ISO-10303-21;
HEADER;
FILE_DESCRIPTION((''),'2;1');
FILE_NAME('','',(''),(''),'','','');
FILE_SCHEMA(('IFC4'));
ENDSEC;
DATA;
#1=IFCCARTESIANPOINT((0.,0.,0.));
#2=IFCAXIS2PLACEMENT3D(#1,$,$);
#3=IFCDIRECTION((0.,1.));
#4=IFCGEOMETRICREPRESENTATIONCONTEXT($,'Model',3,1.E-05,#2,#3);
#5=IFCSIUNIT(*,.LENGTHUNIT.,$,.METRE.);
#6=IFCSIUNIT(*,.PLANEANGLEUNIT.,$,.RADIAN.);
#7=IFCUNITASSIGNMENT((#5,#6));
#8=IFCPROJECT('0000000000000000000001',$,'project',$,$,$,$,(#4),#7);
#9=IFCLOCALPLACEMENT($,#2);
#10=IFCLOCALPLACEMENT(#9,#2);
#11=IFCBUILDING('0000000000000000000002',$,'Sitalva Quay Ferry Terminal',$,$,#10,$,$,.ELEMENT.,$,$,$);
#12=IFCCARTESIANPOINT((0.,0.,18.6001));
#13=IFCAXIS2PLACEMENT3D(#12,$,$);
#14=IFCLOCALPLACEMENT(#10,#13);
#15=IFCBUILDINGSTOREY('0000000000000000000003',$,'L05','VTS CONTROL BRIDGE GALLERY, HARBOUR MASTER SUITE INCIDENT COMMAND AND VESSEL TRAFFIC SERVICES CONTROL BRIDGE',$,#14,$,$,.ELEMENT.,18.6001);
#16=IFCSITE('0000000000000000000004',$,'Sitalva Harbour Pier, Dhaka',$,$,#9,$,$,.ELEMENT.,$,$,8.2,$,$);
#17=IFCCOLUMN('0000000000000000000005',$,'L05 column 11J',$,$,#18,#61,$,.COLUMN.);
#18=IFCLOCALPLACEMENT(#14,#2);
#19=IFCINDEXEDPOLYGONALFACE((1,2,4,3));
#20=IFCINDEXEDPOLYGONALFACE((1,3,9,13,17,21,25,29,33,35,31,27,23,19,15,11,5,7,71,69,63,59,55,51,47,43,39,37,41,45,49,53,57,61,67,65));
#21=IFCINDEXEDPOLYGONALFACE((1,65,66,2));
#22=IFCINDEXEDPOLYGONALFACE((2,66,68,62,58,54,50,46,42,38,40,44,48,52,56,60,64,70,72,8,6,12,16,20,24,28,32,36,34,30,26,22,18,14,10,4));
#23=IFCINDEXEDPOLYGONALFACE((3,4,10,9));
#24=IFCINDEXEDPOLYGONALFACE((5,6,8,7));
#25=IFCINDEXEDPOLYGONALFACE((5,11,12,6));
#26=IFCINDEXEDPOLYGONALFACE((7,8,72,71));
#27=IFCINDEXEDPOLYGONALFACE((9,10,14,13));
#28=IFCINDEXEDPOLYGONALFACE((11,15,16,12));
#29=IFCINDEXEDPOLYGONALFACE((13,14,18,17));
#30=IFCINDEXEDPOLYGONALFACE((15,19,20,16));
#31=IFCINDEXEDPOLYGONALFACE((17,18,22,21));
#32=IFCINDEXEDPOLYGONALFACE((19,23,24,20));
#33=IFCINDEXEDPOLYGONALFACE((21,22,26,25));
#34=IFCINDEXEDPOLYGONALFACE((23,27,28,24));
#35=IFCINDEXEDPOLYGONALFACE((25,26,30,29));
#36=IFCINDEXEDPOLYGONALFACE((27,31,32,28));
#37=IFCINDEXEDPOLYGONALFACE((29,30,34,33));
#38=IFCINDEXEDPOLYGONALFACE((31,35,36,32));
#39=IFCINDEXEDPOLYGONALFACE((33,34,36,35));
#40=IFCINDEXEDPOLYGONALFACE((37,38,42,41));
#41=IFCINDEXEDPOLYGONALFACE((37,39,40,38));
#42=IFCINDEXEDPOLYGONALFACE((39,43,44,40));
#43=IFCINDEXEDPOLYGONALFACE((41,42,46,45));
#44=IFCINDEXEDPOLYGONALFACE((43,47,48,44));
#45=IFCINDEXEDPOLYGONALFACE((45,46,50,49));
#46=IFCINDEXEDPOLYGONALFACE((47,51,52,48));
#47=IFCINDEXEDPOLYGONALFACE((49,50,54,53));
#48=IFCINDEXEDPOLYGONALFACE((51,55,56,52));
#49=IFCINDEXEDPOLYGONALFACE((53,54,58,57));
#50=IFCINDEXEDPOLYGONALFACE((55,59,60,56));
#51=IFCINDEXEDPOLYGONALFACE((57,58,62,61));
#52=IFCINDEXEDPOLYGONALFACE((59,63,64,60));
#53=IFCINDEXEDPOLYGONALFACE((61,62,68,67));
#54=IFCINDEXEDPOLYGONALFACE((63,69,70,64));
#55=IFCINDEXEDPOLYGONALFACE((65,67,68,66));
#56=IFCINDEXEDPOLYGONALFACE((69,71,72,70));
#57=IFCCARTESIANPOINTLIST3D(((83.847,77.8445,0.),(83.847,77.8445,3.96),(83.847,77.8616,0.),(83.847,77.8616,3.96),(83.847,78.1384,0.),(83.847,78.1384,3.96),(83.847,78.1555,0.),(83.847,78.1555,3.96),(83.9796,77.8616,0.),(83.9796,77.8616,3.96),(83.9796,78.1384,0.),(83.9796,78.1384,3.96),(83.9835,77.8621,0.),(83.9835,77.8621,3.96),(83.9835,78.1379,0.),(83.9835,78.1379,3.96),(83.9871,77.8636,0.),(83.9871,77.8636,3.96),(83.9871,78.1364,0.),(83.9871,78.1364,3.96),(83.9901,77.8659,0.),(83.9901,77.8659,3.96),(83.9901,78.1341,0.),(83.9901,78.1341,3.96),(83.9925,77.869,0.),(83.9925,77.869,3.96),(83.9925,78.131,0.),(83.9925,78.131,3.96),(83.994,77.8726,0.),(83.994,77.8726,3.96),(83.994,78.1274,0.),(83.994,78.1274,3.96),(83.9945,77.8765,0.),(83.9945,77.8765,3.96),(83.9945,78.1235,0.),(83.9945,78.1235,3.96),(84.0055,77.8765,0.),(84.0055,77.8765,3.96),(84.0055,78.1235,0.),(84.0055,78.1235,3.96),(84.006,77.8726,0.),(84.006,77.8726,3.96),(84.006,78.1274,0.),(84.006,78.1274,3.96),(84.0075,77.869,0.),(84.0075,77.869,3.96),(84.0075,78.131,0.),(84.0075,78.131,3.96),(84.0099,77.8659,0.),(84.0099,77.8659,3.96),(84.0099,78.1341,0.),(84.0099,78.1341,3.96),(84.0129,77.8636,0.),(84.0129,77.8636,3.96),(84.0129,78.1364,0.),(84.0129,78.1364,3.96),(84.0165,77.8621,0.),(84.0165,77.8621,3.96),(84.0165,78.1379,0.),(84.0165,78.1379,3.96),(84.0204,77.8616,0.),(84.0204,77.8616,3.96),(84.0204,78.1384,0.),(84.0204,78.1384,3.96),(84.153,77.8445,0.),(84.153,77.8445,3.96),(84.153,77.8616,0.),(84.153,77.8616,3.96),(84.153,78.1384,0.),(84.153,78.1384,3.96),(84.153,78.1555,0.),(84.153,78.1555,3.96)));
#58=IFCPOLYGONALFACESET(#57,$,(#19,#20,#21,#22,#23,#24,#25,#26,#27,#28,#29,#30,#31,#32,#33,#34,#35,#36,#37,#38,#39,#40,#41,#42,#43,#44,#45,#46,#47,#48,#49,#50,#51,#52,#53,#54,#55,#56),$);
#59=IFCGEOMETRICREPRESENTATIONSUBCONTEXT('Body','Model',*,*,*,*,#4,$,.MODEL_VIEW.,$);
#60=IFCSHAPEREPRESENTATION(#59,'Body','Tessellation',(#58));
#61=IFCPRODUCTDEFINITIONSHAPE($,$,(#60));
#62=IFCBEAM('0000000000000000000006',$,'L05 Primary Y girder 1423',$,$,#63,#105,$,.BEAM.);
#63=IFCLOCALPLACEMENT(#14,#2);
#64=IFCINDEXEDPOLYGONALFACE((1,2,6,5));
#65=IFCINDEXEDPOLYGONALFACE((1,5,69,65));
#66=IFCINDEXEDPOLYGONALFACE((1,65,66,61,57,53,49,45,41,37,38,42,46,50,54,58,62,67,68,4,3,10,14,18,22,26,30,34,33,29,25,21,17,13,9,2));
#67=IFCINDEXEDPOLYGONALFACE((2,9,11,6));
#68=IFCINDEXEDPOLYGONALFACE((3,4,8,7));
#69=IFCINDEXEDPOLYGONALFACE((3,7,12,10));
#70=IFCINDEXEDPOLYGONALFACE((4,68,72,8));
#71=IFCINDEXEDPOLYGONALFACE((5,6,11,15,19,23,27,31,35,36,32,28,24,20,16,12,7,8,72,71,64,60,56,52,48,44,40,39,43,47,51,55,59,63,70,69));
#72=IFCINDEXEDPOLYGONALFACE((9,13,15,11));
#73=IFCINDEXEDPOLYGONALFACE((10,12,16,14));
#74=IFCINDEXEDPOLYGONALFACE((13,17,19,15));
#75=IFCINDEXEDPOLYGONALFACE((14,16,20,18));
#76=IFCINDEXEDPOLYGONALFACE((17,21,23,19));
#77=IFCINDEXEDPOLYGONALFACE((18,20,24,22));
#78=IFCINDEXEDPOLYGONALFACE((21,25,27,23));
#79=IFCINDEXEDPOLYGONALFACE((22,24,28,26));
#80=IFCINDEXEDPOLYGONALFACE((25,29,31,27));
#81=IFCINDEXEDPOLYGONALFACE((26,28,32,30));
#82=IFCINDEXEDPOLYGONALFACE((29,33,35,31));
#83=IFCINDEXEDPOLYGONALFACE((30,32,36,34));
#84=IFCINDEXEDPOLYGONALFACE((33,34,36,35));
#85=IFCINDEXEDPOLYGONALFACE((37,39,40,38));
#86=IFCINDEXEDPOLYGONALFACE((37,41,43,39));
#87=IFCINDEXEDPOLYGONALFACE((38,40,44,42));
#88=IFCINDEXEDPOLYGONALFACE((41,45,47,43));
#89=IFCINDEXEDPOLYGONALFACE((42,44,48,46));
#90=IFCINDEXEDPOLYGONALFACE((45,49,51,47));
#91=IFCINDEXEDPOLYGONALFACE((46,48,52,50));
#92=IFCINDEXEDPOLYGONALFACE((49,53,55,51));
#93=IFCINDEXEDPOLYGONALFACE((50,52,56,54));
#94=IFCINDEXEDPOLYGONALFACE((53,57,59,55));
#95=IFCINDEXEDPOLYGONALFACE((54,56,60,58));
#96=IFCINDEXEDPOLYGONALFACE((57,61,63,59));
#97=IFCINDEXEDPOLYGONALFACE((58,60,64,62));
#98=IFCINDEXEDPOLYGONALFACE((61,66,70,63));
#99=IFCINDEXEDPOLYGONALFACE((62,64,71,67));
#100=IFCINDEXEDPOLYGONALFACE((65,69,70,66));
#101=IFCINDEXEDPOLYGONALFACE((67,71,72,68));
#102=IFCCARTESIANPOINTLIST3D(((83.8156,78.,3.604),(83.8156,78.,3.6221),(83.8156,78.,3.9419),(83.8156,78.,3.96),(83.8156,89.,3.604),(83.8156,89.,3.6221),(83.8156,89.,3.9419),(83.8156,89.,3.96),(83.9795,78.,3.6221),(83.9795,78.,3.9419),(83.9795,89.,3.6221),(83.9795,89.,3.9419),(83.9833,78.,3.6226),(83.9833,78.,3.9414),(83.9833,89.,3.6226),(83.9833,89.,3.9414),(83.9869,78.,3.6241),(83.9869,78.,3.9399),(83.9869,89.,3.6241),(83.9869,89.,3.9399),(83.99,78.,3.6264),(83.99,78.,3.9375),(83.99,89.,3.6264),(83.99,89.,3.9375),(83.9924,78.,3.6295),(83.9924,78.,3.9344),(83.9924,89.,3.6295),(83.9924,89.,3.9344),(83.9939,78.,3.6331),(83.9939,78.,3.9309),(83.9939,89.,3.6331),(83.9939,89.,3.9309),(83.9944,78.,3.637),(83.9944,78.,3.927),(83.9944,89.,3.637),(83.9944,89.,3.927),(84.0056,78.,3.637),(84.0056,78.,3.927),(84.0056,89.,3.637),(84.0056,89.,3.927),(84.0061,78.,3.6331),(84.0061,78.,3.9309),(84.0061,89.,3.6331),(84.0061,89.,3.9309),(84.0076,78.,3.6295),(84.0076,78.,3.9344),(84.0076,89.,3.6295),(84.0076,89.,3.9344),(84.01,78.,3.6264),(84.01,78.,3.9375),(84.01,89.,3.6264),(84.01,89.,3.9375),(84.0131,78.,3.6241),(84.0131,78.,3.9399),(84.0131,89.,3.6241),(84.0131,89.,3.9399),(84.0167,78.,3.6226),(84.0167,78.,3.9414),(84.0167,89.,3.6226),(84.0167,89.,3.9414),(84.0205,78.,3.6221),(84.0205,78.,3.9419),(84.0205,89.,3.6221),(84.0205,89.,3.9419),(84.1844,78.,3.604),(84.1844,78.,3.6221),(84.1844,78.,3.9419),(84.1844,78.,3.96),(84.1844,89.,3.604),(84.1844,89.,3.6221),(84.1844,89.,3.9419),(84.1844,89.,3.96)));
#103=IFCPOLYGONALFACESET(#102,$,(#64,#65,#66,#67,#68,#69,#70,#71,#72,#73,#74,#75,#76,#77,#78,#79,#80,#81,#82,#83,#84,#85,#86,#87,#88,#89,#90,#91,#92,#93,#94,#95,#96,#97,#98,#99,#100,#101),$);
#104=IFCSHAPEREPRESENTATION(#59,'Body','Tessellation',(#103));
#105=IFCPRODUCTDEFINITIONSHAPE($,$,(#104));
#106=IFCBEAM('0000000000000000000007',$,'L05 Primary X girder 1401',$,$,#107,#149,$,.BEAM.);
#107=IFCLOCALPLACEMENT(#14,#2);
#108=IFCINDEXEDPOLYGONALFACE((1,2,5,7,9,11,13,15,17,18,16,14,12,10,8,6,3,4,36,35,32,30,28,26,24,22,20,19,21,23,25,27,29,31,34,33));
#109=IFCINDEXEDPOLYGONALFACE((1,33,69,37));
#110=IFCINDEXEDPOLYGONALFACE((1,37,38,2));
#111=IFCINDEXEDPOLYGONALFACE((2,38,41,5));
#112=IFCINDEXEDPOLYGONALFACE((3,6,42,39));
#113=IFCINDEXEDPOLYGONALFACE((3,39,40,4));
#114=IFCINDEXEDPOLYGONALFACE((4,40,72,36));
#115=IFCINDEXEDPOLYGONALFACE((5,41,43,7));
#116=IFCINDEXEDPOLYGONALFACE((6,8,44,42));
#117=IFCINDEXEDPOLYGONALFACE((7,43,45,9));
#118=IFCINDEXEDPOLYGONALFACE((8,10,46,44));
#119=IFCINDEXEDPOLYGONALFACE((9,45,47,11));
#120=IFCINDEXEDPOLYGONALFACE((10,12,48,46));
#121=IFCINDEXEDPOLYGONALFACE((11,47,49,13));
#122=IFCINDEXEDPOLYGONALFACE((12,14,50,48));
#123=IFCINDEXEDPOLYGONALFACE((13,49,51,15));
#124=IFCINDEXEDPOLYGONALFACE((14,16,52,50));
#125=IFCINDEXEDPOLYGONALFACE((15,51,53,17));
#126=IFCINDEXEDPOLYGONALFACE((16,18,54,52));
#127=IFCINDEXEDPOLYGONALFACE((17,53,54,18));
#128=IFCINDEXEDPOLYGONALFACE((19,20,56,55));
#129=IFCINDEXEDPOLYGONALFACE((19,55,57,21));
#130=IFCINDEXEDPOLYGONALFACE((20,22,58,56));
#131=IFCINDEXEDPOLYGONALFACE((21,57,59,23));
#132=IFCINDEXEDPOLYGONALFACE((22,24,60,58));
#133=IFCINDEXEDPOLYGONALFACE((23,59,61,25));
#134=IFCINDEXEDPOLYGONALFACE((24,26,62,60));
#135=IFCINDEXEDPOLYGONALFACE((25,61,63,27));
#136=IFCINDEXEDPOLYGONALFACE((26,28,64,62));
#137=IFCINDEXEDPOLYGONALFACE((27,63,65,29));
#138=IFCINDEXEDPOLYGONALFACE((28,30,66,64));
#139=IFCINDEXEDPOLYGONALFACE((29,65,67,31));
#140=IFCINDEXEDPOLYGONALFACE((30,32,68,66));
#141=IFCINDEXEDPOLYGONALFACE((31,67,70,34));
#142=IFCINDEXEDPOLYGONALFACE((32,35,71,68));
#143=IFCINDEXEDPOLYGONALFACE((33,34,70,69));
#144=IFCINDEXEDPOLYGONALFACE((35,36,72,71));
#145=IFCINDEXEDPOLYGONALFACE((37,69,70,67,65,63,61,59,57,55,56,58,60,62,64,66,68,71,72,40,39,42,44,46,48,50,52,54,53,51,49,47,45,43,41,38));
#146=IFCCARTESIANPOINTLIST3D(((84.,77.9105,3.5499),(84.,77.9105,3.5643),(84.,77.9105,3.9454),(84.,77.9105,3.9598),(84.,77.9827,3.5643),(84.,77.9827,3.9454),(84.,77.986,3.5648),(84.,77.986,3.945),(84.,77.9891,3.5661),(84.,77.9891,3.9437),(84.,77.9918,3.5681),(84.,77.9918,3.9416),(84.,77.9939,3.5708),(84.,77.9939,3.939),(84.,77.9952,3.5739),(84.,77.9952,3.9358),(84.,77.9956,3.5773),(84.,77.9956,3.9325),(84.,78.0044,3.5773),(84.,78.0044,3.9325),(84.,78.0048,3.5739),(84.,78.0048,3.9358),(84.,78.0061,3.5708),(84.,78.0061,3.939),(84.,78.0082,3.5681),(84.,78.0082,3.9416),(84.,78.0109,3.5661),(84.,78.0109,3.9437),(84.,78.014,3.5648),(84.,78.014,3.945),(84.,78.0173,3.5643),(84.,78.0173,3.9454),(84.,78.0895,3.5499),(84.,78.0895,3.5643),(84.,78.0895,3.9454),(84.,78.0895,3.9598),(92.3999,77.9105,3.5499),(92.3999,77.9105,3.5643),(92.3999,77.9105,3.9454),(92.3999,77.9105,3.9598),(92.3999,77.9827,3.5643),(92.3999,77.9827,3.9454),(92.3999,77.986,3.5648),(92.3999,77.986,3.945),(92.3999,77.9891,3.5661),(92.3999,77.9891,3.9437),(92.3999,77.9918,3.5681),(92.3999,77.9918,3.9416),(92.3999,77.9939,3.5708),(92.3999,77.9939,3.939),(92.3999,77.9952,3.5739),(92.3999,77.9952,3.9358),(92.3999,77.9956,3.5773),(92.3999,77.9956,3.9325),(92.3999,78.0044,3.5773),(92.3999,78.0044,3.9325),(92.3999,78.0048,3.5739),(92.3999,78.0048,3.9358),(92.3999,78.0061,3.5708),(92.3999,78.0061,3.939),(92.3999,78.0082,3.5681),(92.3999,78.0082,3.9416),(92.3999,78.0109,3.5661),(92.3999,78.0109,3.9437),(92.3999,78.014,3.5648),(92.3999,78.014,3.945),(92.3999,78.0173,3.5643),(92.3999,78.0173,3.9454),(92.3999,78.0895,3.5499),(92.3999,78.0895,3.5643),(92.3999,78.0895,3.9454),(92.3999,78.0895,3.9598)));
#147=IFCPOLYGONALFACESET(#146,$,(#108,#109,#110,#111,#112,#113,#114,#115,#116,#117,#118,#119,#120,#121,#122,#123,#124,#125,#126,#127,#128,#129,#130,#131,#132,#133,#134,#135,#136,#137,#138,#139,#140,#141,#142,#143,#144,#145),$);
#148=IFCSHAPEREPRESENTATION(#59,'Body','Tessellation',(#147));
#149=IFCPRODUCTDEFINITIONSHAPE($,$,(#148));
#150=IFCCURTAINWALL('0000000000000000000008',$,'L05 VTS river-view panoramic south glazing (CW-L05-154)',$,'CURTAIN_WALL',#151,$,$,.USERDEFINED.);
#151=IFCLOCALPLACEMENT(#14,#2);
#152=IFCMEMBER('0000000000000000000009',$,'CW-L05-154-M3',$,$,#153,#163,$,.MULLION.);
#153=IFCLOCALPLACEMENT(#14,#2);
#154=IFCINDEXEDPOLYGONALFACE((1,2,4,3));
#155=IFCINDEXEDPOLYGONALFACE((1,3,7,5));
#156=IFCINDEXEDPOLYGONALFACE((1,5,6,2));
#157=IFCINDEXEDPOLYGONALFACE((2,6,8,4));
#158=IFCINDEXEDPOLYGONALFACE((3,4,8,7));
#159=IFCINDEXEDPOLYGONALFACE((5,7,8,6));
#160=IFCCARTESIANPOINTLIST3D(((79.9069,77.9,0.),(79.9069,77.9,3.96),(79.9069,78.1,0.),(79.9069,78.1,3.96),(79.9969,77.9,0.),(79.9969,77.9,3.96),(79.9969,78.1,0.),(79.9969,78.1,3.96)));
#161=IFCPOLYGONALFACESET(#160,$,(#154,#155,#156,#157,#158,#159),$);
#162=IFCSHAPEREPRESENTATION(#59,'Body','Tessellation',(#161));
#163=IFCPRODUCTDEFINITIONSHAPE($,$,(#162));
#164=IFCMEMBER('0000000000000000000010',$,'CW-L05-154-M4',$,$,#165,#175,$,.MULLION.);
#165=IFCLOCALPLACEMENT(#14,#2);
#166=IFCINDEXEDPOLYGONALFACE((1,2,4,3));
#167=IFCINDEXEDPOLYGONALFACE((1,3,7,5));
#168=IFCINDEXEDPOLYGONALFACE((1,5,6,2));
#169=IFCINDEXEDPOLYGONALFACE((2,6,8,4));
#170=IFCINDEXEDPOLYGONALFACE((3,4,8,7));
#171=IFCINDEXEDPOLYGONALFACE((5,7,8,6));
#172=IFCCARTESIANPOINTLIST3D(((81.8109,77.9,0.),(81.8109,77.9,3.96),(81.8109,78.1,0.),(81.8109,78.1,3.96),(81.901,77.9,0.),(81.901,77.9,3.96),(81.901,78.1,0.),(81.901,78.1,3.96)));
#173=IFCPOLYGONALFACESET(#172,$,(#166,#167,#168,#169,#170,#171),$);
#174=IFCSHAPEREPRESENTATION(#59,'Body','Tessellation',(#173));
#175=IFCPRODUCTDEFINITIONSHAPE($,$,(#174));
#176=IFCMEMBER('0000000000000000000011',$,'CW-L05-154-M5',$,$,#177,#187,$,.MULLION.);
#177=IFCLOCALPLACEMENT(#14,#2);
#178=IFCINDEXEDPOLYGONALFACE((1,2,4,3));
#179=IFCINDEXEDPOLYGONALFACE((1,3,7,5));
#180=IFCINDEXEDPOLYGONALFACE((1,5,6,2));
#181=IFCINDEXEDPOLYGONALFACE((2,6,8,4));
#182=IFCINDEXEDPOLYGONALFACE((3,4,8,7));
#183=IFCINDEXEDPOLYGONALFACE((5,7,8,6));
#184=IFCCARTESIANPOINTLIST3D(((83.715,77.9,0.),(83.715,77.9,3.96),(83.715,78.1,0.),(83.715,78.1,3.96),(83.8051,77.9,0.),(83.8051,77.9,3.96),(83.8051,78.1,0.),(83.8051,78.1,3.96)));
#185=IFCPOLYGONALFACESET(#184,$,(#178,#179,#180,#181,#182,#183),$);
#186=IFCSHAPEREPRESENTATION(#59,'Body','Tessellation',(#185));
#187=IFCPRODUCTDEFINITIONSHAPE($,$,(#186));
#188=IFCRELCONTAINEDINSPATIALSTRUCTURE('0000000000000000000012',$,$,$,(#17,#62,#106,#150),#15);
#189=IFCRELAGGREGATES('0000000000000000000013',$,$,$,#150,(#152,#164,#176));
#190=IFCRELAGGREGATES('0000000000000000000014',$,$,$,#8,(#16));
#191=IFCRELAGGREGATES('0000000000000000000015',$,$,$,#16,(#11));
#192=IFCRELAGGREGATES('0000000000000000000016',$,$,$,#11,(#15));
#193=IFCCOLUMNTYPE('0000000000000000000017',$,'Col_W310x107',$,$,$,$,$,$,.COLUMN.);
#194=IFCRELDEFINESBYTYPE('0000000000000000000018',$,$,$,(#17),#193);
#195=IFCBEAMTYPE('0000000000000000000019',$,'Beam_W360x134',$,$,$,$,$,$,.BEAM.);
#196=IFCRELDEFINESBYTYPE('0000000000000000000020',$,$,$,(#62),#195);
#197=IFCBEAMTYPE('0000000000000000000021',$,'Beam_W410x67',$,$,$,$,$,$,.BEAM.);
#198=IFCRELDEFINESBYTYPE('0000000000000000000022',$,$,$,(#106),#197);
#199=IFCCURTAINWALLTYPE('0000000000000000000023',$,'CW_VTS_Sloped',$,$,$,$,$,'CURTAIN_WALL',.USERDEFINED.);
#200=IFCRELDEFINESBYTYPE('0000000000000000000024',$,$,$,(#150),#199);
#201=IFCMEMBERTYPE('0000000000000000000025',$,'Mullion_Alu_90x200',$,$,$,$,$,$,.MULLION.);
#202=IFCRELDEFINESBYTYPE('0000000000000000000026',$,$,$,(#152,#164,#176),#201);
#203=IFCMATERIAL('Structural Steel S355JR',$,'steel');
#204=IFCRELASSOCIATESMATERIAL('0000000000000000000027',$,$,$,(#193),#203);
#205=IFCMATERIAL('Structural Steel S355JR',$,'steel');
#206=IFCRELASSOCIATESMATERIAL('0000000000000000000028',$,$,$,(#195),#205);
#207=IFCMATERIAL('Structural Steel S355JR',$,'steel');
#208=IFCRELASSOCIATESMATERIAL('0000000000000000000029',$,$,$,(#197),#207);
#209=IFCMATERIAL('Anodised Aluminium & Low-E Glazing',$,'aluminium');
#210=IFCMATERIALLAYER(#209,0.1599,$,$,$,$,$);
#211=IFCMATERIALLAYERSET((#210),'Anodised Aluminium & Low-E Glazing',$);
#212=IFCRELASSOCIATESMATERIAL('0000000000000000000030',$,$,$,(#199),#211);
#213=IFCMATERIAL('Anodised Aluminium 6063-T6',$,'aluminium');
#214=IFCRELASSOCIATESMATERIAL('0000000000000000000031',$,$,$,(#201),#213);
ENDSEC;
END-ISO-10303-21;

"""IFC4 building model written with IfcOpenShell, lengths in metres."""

from ifc_helpers import new_model, si_unit, direction, frame, origin, origin_2d, place, context, subcontext, project, spatial, rectangle, i_section, extrude, material, layer, layer_set, material_profile, profile_set, type_object, element, aggregate, save


model = new_model("IFC4")

# Units and contexts
model_context = context("Model", 3, precision=1e-05, world=origin(), true_north=direction((0.0, 1.0)))
body_context = subcontext(model_context, "Body", "Model", "MODEL_VIEW")
ifc_project = project(units=[si_unit("LENGTHUNIT", "METRE"), si_unit("PLANEANGLEUNIT", "RADIAN")], contexts=[model_context])

# Site, building, storey
site_placement = place(None, origin())
site = spatial("IfcSite", under=ifc_project, at=site_placement, Name="Sitalva Harbour Pier, Dhaka", CompositionType="ELEMENT", RefElevation=8.2)
building_placement = place(site_placement, origin())
building = spatial("IfcBuilding", under=site, at=building_placement, Name="Sitalva Quay Ferry Terminal", CompositionType="ELEMENT")
storey_placement = place(building_placement, frame((0.0, 0.0, 18.6001)))
storey = spatial("IfcBuildingStorey", under=building, at=storey_placement, Name="L05", Description="VTS CONTROL BRIDGE GALLERY, HARBOUR MASTER SUITE INCIDENT COMMAND AND VESSEL TRAFFIC SERVICES CONTROL BRIDGE", CompositionType="ELEMENT", Elevation=18.6001)

# Column
ifc_material_1 = material(Name="Structural Steel S355JR", Category="steel")
ifc_material_profile_1 = material_profile(ifc_material_1, i_section(OverallWidth=0.3059, OverallDepth=0.311, WebThickness=0.011, FlangeThickness=0.0171, FilletRadius=0.0149, at=origin_2d()), Name="W310x107")
ifc_profile_set_1 = profile_set([ifc_material_profile_1], Name="Structural Steel S355JR")
column_type = type_object("IfcColumnType", Name="Col_W310x107", PredefinedType="COLUMN", material=ifc_profile_set_1)
column_placement = place(storey_placement, frame((84.0, 78.0, 0.0), z_axis=(0.0, 0.0, 1.0), x_axis=(1.0, 0.0, 0.0)))
element("IfcColumn", 1, at=column_placement, inside=storey, type_object=column_type, Name="L05 column 11J", PredefinedType="COLUMN", context=body_context, shape_type="SweptSolid", body=[
    extrude(i_section(OverallWidth=0.3059, OverallDepth=0.311, WebThickness=0.011, FlangeThickness=0.0171, FilletRadius=0.0149, at=origin_2d()), origin(), (0.0, 0.0, 1.0), 3.96),
])

# Beams
ifc_material_2 = material(Name="Structural Steel S355JR", Category="steel")
ifc_material_profile_2 = material_profile(ifc_material_2, i_section(OverallWidth=0.3689, OverallDepth=0.356, WebThickness=0.0112, FlangeThickness=0.0181, FilletRadius=0.0149, at=origin_2d()), Name="W360x134")
ifc_profile_set_2 = profile_set([ifc_material_profile_2], Name="Structural Steel S355JR")
beam_type_1 = type_object("IfcBeamType", Name="Beam_W360x134", PredefinedType="BEAM", material=ifc_profile_set_2)
beam_1_placement = place(storey_placement, frame((84.0, 78.0, 3.782), z_axis=(0.0, 1.0, 0.0), x_axis=(-1.0, 0.0, 0.0)))
element("IfcBeam", 2, at=beam_1_placement, inside=storey, type_object=beam_type_1, Name="L05 Primary Y girder 1423", PredefinedType="BEAM", context=body_context, shape_type="SweptSolid", body=[
    extrude(i_section(OverallWidth=0.3689, OverallDepth=0.356, WebThickness=0.0112, FlangeThickness=0.0181, FilletRadius=0.0149, at=origin_2d()), origin(), (0.0, 0.0, 1.0), 11.0),
])
ifc_material_3 = material(Name="Structural Steel S355JR", Category="steel")
ifc_material_profile_3 = material_profile(ifc_material_3, i_section(OverallWidth=0.179, OverallDepth=0.4099, WebThickness=0.0088, FlangeThickness=0.0144, FilletRadius=0.0129, at=origin_2d()), Name="W410x67")
ifc_profile_set_3 = profile_set([ifc_material_profile_3], Name="Structural Steel S355JR")
beam_type_2 = type_object("IfcBeamType", Name="Beam_W410x67", PredefinedType="BEAM", material=ifc_profile_set_3)
beam_2_placement = place(storey_placement, frame((84.0, 78.0, 3.7549), z_axis=(1.0, 0.0, 0.0), x_axis=(0.0, 1.0, 0.0)))
element("IfcBeam", 3, at=beam_2_placement, inside=storey, type_object=beam_type_2, Name="L05 Primary X girder 1401", PredefinedType="BEAM", context=body_context, shape_type="SweptSolid", body=[
    extrude(i_section(OverallWidth=0.179, OverallDepth=0.4099, WebThickness=0.0088, FlangeThickness=0.0144, FilletRadius=0.0129, at=origin_2d()), origin(), (0.0, 0.0, 1.0), 8.3999),
])

# Curtain wall, members
ifc_material_4 = material(Name="Anodised Aluminium & Low-E Glazing", Category="aluminium")
ifc_layer_1 = layer(ifc_material_4, 0.1599)
ifc_layer_set_1 = layer_set([ifc_layer_1], Name="Anodised Aluminium & Low-E Glazing")
curtain_wall_type = type_object("IfcCurtainWallType", Name="CW_VTS_Sloped", ElementType="CURTAIN_WALL", PredefinedType="USERDEFINED", material=ifc_layer_set_1)
curtain_wall_1_placement = place(storey_placement, origin())
curtain_wall_1 = element("IfcCurtainWall", 4, at=curtain_wall_1_placement, inside=storey, type_object=curtain_wall_type, Name="L05 VTS river-view panoramic south glazing (CW-L05-154)", ObjectType="CURTAIN_WALL", PredefinedType="USERDEFINED")
ifc_material_5 = material(Name="Anodised Aluminium 6063-T6", Category="aluminium")
ifc_material_profile_4 = material_profile(ifc_material_5, rectangle(XDim=0.0901, YDim=0.2, at=origin_2d()), Name="ALU90x200")
ifc_profile_set_4 = profile_set([ifc_material_profile_4], Name="Anodised Aluminium 6063-T6")
member_type_1 = type_object("IfcMemberType", Name="Mullion_Alu_90x200", PredefinedType="MULLION", material=ifc_profile_set_4)
member_1_placement = place(storey_placement, frame((79.9519, 78.0, 0.0), z_axis=(0.0, 0.0, 1.0), x_axis=(1.0, 0.0, 0.0)))
member_1 = element("IfcMember", 5, at=member_1_placement, type_object=member_type_1, Name="CW-L05-154-M3", PredefinedType="MULLION", context=body_context, shape_type="SweptSolid", body=[
    extrude(rectangle(XDim=0.0901, YDim=0.2, at=origin_2d()), origin(), (0.0, 0.0, 1.0), 3.96),
])
member_2_placement = place(storey_placement, frame((81.856, 78.0, 0.0), z_axis=(0.0, 0.0, 1.0), x_axis=(1.0, 0.0, 0.0)))
member_2 = element("IfcMember", 6, at=member_2_placement, type_object=member_type_1, Name="CW-L05-154-M4", PredefinedType="MULLION", context=body_context, shape_type="SweptSolid", body=[
    extrude(rectangle(XDim=0.0901, YDim=0.2, at=origin_2d()), origin(), (0.0, 0.0, 1.0), 3.96),
])
member_3_placement = place(storey_placement, frame((83.76, 78.0, 0.0), z_axis=(0.0, 0.0, 1.0), x_axis=(1.0, 0.0, 0.0)))
member_3 = element("IfcMember", 7, at=member_3_placement, type_object=member_type_1, Name="CW-L05-154-M5", PredefinedType="MULLION", context=body_context, shape_type="SweptSolid", body=[
    extrude(rectangle(XDim=0.0901, YDim=0.2, at=origin_2d()), origin(), (0.0, 0.0, 1.0), 3.96),
])

aggregate(curtain_wall_1, [member_1, member_2, member_3])

save(model, "model.ifc")
